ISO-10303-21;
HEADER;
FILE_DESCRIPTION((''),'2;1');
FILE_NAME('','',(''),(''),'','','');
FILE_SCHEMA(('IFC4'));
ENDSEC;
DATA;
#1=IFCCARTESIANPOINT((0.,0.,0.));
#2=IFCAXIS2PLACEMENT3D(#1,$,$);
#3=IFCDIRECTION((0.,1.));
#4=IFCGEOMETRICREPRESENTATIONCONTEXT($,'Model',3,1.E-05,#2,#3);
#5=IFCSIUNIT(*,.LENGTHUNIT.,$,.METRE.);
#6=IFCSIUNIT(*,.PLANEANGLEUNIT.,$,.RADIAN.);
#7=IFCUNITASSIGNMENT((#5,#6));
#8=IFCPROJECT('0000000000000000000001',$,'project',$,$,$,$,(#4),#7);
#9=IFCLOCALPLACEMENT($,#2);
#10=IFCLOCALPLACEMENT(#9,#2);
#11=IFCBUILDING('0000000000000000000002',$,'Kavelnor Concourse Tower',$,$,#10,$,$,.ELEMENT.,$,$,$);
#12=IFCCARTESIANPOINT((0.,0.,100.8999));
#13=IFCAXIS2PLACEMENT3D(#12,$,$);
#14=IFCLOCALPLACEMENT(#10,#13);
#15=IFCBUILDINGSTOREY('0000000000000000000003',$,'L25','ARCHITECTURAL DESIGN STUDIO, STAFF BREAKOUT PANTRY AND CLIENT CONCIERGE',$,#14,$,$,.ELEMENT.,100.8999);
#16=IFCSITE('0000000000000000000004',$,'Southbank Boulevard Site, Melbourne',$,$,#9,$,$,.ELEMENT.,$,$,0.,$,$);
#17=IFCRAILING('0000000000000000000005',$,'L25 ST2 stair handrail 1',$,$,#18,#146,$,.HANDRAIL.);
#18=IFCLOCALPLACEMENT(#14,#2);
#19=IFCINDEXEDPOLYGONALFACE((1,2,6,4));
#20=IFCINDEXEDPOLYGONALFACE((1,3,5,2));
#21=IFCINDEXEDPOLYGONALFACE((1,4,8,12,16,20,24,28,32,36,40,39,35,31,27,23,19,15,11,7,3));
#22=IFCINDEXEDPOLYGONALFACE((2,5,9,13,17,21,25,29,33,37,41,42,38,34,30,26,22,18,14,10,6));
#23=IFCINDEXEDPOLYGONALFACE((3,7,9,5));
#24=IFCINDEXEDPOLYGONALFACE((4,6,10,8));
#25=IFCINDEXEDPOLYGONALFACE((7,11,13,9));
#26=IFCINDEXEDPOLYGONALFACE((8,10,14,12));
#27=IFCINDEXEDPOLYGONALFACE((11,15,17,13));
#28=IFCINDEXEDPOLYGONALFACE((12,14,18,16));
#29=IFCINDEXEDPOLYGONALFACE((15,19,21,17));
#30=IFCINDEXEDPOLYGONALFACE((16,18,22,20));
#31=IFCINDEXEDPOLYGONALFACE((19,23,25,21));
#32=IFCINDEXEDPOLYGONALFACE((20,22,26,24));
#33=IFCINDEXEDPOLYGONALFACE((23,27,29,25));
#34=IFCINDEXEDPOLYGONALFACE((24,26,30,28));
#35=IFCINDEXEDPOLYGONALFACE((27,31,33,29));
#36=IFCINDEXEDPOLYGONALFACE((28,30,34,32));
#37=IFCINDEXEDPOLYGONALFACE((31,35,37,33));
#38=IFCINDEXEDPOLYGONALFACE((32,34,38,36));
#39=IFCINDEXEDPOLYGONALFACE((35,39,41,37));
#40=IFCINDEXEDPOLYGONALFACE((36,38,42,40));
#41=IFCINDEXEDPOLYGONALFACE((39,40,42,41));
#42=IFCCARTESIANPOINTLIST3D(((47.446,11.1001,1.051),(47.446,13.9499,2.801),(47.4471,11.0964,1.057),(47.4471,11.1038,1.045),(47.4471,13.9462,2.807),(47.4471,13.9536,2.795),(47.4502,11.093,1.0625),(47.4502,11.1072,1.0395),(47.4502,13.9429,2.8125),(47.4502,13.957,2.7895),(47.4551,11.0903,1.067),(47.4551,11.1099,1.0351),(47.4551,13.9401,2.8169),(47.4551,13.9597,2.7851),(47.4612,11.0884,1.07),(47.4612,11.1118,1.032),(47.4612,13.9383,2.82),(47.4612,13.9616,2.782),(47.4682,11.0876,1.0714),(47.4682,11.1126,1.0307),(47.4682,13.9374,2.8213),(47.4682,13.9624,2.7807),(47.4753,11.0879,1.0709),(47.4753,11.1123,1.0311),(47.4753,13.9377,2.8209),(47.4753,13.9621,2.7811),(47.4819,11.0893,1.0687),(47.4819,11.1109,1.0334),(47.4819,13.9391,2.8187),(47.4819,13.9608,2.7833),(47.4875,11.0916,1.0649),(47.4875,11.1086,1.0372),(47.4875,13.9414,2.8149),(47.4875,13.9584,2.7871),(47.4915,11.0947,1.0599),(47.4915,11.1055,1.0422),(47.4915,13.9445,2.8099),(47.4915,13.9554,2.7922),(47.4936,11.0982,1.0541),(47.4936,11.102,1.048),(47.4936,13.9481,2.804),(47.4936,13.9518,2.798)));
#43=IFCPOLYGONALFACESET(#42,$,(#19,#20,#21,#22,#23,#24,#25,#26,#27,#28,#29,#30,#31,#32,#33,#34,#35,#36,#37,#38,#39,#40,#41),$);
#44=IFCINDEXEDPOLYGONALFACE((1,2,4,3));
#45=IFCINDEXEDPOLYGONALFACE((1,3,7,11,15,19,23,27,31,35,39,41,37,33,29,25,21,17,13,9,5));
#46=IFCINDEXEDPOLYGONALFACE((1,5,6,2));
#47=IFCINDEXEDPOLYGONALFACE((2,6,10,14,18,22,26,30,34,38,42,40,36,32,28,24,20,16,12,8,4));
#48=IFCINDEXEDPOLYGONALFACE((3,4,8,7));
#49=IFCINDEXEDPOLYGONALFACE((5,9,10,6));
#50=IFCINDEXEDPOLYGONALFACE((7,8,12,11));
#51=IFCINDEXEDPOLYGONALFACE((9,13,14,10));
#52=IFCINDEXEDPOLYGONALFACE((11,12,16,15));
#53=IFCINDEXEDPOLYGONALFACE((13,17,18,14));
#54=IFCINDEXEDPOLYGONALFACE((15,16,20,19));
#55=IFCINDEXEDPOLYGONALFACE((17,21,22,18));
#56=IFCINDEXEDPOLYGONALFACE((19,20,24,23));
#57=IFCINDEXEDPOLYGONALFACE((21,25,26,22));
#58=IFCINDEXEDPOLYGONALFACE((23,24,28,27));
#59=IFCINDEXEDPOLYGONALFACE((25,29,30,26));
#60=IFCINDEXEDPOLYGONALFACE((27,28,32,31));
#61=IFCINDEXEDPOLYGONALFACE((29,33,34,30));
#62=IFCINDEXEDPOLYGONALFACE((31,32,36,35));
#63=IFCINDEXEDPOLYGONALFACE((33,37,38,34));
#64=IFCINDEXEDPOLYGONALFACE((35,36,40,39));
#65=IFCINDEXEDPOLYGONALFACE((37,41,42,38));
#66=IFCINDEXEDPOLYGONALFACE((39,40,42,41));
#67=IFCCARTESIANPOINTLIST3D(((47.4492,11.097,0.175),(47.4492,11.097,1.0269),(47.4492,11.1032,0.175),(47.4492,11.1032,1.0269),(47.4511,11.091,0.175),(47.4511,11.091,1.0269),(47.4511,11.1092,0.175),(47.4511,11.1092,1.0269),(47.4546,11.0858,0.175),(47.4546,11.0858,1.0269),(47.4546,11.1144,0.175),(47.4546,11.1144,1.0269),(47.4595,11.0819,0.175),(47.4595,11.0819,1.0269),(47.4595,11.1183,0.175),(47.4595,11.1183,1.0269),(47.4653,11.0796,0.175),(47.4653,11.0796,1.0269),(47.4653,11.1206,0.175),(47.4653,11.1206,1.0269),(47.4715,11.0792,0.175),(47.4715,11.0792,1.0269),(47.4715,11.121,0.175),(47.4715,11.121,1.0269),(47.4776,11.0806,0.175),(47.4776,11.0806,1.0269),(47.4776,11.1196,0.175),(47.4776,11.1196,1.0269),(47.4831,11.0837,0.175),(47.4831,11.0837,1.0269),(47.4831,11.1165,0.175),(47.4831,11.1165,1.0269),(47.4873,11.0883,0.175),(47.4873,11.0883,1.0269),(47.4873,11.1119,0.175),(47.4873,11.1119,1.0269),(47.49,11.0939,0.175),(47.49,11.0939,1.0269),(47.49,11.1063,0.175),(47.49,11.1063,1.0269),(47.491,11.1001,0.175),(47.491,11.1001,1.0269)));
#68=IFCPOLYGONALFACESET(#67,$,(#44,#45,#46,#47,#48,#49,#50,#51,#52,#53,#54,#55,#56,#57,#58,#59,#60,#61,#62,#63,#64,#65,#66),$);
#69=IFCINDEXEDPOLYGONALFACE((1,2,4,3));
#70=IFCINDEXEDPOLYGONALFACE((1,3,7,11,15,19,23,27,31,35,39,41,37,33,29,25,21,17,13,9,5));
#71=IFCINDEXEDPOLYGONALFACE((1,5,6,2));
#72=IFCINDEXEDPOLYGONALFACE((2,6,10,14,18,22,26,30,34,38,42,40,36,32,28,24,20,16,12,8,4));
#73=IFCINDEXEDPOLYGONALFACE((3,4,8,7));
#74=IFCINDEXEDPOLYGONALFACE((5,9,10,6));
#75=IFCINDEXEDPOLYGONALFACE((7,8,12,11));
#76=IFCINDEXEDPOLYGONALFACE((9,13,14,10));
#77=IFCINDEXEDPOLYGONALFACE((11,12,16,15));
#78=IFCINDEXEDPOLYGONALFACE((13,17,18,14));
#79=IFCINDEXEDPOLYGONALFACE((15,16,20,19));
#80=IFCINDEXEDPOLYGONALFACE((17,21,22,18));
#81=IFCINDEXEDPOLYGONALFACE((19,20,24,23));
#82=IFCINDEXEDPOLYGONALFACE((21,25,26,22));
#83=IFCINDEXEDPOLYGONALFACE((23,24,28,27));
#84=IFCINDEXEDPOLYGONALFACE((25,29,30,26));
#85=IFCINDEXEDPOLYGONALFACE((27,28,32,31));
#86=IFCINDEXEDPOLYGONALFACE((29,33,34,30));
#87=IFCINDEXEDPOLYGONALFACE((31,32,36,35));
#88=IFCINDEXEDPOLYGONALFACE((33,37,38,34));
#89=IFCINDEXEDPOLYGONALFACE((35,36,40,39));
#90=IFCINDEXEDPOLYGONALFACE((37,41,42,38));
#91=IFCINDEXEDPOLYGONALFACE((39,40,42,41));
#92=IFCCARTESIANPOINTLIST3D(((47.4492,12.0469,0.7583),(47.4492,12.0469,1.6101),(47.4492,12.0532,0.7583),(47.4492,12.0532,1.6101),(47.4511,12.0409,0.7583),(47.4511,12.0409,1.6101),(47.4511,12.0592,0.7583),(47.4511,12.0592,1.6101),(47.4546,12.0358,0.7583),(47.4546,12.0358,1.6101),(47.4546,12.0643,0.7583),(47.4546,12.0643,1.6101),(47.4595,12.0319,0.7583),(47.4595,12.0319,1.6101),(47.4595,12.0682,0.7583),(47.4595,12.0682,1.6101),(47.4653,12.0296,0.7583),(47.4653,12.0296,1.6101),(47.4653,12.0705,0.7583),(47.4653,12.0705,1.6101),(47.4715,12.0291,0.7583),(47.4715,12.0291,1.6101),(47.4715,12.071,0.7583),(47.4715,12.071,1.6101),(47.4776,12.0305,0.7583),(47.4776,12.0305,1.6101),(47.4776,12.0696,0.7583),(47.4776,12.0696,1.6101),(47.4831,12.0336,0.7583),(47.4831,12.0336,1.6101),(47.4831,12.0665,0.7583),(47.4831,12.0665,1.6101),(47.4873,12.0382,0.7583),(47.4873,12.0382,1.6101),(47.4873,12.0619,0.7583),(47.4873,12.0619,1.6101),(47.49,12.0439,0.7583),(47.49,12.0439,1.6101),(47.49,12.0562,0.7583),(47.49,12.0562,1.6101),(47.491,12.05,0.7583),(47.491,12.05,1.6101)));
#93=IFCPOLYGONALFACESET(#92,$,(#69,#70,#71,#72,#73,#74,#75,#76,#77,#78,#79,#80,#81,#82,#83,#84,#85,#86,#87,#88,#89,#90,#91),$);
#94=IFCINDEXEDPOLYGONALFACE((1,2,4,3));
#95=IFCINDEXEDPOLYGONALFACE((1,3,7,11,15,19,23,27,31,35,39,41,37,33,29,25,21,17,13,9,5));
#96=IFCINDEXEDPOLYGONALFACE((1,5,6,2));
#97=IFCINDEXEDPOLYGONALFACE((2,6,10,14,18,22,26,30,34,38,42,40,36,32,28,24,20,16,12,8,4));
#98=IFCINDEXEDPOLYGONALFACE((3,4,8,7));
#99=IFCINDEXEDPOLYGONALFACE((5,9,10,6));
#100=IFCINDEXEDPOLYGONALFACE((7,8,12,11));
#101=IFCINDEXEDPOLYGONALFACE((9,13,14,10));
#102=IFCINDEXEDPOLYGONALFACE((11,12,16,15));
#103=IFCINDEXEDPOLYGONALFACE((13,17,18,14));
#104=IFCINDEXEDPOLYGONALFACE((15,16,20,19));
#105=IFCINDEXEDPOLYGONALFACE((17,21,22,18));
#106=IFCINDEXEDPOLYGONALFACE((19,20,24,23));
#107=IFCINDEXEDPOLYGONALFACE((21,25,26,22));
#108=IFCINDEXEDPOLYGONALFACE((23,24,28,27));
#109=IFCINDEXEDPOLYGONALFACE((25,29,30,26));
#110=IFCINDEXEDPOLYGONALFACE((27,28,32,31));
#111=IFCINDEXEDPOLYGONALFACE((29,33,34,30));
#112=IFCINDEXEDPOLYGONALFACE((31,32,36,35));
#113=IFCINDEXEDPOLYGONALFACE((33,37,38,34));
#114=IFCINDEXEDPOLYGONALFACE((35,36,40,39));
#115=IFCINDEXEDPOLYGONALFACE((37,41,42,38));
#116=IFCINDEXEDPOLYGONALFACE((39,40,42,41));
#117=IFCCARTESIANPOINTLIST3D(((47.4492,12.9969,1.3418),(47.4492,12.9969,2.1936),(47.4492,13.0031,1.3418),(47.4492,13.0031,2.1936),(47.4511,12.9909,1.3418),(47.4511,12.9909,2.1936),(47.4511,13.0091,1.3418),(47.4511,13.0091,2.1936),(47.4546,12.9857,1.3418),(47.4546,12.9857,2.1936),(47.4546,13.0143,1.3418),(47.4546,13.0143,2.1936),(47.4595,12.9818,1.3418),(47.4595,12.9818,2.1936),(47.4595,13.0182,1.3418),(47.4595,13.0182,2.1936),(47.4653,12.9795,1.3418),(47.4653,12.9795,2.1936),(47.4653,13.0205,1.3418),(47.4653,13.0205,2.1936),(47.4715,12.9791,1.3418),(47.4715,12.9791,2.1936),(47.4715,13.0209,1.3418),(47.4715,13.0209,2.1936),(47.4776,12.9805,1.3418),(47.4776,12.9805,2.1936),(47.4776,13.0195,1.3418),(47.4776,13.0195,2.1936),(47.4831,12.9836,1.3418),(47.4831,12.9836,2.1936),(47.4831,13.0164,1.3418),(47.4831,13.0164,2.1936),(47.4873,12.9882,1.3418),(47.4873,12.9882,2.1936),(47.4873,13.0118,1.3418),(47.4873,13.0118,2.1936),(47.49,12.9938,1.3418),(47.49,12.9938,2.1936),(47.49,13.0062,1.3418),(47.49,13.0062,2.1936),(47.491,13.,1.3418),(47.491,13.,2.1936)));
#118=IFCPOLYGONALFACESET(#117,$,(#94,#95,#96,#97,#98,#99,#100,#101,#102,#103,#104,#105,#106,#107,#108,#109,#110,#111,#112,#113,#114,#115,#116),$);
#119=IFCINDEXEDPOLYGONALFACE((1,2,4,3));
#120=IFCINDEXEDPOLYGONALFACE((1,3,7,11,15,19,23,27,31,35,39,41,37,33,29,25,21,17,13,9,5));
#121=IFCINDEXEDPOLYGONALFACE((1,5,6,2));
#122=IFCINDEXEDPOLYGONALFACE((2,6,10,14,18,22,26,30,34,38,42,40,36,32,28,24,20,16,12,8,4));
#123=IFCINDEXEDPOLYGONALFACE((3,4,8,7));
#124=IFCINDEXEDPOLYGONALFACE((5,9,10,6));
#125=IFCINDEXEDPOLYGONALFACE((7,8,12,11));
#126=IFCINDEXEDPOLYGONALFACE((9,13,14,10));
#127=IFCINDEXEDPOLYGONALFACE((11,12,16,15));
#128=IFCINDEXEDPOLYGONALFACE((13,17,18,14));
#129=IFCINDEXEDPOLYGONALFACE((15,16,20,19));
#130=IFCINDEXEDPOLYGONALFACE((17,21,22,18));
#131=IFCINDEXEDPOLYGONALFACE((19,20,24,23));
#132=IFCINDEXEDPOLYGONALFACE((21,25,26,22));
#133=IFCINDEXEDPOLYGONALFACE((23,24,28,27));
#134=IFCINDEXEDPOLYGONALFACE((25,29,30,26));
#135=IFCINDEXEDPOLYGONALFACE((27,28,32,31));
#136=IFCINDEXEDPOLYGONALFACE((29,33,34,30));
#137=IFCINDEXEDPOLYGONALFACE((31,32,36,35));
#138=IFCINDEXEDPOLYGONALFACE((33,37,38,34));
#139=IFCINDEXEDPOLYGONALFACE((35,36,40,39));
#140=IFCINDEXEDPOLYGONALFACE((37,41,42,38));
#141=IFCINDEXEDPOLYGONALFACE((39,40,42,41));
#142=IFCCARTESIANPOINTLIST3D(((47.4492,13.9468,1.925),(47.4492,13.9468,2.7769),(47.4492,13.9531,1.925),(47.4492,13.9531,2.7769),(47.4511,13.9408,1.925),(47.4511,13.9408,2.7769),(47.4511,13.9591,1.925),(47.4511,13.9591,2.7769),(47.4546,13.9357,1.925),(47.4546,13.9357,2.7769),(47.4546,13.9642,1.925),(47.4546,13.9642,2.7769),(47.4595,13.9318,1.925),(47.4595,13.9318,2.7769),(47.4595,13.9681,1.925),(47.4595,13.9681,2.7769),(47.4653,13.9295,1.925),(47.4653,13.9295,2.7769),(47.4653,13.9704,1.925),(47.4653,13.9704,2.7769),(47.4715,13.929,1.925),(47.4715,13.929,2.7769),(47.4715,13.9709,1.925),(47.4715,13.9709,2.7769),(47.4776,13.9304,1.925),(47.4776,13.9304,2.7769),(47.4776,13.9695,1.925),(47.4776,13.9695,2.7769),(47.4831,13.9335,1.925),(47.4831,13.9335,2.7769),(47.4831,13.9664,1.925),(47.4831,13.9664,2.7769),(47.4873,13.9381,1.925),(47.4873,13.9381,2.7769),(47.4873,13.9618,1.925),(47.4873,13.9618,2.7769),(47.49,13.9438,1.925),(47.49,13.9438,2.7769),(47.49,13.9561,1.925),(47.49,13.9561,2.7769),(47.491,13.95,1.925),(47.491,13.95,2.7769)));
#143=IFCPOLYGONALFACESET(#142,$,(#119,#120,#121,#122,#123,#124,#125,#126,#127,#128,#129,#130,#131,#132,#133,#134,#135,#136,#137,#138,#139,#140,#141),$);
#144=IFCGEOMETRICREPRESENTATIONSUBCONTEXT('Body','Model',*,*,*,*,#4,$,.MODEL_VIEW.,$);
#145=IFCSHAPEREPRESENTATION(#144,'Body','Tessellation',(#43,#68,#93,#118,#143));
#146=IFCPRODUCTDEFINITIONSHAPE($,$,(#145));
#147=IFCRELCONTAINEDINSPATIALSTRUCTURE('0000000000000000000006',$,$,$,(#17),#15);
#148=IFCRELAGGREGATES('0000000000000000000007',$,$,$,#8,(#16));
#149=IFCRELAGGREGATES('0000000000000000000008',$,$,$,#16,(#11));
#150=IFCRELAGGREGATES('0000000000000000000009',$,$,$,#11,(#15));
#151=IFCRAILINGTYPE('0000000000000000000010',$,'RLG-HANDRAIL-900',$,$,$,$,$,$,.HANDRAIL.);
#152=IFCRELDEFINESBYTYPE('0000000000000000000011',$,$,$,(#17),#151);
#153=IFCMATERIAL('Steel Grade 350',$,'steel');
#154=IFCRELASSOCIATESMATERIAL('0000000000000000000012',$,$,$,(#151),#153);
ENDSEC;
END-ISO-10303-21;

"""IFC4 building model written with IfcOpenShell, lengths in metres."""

from ifc_helpers import new_model, si_unit, direction, frame, origin, origin_2d, place, context, subcontext, project, spatial, circle, extrude, material, type_object, element, save


model = new_model("IFC4")

# Units and contexts
model_context = context("Model", 3, precision=1e-05, world=origin(), true_north=direction((0.0, 1.0)))
body_context = subcontext(model_context, "Body", "Model", "MODEL_VIEW")
ifc_project = project(units=[si_unit("LENGTHUNIT", "METRE"), si_unit("PLANEANGLEUNIT", "RADIAN")], contexts=[model_context])

# Site, building, storey
site_placement = place(None, origin())
site = spatial("IfcSite", under=ifc_project, at=site_placement, Name="Southbank Boulevard Site, Melbourne", CompositionType="ELEMENT", RefElevation=0.0)
building_placement = place(site_placement, origin())
building = spatial("IfcBuilding", under=site, at=building_placement, Name="Kavelnor Concourse Tower", CompositionType="ELEMENT")
storey_placement = place(building_placement, frame((0.0, 0.0, 100.8999)))
storey = spatial("IfcBuildingStorey", under=building, at=storey_placement, Name="L25", Description="ARCHITECTURAL DESIGN STUDIO, STAFF BREAKOUT PANTRY AND CLIENT CONCIERGE", CompositionType="ELEMENT", Elevation=100.8999)

# Shared definitions
ifc_material_1 = material(Name="Steel Grade 350", Category="steel")

# Railing
railing_type_1 = type_object("IfcRailingType", Name="RLG-HANDRAIL-900", PredefinedType="HANDRAIL", material=ifc_material_1)
railing_1_placement = place(storey_placement, frame((47.47, 11.1001, 0.175)))
element("IfcRailing", 1, at=railing_1_placement, inside=storey, type_object=railing_type_1, Name="L25 ST2 stair handrail 1", PredefinedType="HANDRAIL", context=body_context, shape_type="SweptSolid", body=[
    extrude(circle(Radius=0.0239, at=origin_2d()), frame((0.0, 0.0, 0.876), z_axis=(0.0, 0.852159, 0.523283), x_axis=(-1.0, 0.0, 0.0)), (0.0, 0.0, 1.0), 3.3442),
    extrude(circle(Radius=0.021, at=origin_2d()), origin(), (0.0, 0.0, 1.0), 0.8518),
    extrude(circle(Radius=0.021, at=origin_2d()), frame((0.0, 0.95, 0.5833)), (0.0, 0.0, 1.0), 0.8518),
    extrude(circle(Radius=0.021, at=origin_2d()), frame((0.0, 1.8999, 1.1667)), (0.0, 0.0, 1.0), 0.8518),
    extrude(circle(Radius=0.021, at=origin_2d()), frame((0.0, 2.8499, 1.75)), (0.0, 0.0, 1.0), 0.8518),
])

save(model, "model.ifc")
